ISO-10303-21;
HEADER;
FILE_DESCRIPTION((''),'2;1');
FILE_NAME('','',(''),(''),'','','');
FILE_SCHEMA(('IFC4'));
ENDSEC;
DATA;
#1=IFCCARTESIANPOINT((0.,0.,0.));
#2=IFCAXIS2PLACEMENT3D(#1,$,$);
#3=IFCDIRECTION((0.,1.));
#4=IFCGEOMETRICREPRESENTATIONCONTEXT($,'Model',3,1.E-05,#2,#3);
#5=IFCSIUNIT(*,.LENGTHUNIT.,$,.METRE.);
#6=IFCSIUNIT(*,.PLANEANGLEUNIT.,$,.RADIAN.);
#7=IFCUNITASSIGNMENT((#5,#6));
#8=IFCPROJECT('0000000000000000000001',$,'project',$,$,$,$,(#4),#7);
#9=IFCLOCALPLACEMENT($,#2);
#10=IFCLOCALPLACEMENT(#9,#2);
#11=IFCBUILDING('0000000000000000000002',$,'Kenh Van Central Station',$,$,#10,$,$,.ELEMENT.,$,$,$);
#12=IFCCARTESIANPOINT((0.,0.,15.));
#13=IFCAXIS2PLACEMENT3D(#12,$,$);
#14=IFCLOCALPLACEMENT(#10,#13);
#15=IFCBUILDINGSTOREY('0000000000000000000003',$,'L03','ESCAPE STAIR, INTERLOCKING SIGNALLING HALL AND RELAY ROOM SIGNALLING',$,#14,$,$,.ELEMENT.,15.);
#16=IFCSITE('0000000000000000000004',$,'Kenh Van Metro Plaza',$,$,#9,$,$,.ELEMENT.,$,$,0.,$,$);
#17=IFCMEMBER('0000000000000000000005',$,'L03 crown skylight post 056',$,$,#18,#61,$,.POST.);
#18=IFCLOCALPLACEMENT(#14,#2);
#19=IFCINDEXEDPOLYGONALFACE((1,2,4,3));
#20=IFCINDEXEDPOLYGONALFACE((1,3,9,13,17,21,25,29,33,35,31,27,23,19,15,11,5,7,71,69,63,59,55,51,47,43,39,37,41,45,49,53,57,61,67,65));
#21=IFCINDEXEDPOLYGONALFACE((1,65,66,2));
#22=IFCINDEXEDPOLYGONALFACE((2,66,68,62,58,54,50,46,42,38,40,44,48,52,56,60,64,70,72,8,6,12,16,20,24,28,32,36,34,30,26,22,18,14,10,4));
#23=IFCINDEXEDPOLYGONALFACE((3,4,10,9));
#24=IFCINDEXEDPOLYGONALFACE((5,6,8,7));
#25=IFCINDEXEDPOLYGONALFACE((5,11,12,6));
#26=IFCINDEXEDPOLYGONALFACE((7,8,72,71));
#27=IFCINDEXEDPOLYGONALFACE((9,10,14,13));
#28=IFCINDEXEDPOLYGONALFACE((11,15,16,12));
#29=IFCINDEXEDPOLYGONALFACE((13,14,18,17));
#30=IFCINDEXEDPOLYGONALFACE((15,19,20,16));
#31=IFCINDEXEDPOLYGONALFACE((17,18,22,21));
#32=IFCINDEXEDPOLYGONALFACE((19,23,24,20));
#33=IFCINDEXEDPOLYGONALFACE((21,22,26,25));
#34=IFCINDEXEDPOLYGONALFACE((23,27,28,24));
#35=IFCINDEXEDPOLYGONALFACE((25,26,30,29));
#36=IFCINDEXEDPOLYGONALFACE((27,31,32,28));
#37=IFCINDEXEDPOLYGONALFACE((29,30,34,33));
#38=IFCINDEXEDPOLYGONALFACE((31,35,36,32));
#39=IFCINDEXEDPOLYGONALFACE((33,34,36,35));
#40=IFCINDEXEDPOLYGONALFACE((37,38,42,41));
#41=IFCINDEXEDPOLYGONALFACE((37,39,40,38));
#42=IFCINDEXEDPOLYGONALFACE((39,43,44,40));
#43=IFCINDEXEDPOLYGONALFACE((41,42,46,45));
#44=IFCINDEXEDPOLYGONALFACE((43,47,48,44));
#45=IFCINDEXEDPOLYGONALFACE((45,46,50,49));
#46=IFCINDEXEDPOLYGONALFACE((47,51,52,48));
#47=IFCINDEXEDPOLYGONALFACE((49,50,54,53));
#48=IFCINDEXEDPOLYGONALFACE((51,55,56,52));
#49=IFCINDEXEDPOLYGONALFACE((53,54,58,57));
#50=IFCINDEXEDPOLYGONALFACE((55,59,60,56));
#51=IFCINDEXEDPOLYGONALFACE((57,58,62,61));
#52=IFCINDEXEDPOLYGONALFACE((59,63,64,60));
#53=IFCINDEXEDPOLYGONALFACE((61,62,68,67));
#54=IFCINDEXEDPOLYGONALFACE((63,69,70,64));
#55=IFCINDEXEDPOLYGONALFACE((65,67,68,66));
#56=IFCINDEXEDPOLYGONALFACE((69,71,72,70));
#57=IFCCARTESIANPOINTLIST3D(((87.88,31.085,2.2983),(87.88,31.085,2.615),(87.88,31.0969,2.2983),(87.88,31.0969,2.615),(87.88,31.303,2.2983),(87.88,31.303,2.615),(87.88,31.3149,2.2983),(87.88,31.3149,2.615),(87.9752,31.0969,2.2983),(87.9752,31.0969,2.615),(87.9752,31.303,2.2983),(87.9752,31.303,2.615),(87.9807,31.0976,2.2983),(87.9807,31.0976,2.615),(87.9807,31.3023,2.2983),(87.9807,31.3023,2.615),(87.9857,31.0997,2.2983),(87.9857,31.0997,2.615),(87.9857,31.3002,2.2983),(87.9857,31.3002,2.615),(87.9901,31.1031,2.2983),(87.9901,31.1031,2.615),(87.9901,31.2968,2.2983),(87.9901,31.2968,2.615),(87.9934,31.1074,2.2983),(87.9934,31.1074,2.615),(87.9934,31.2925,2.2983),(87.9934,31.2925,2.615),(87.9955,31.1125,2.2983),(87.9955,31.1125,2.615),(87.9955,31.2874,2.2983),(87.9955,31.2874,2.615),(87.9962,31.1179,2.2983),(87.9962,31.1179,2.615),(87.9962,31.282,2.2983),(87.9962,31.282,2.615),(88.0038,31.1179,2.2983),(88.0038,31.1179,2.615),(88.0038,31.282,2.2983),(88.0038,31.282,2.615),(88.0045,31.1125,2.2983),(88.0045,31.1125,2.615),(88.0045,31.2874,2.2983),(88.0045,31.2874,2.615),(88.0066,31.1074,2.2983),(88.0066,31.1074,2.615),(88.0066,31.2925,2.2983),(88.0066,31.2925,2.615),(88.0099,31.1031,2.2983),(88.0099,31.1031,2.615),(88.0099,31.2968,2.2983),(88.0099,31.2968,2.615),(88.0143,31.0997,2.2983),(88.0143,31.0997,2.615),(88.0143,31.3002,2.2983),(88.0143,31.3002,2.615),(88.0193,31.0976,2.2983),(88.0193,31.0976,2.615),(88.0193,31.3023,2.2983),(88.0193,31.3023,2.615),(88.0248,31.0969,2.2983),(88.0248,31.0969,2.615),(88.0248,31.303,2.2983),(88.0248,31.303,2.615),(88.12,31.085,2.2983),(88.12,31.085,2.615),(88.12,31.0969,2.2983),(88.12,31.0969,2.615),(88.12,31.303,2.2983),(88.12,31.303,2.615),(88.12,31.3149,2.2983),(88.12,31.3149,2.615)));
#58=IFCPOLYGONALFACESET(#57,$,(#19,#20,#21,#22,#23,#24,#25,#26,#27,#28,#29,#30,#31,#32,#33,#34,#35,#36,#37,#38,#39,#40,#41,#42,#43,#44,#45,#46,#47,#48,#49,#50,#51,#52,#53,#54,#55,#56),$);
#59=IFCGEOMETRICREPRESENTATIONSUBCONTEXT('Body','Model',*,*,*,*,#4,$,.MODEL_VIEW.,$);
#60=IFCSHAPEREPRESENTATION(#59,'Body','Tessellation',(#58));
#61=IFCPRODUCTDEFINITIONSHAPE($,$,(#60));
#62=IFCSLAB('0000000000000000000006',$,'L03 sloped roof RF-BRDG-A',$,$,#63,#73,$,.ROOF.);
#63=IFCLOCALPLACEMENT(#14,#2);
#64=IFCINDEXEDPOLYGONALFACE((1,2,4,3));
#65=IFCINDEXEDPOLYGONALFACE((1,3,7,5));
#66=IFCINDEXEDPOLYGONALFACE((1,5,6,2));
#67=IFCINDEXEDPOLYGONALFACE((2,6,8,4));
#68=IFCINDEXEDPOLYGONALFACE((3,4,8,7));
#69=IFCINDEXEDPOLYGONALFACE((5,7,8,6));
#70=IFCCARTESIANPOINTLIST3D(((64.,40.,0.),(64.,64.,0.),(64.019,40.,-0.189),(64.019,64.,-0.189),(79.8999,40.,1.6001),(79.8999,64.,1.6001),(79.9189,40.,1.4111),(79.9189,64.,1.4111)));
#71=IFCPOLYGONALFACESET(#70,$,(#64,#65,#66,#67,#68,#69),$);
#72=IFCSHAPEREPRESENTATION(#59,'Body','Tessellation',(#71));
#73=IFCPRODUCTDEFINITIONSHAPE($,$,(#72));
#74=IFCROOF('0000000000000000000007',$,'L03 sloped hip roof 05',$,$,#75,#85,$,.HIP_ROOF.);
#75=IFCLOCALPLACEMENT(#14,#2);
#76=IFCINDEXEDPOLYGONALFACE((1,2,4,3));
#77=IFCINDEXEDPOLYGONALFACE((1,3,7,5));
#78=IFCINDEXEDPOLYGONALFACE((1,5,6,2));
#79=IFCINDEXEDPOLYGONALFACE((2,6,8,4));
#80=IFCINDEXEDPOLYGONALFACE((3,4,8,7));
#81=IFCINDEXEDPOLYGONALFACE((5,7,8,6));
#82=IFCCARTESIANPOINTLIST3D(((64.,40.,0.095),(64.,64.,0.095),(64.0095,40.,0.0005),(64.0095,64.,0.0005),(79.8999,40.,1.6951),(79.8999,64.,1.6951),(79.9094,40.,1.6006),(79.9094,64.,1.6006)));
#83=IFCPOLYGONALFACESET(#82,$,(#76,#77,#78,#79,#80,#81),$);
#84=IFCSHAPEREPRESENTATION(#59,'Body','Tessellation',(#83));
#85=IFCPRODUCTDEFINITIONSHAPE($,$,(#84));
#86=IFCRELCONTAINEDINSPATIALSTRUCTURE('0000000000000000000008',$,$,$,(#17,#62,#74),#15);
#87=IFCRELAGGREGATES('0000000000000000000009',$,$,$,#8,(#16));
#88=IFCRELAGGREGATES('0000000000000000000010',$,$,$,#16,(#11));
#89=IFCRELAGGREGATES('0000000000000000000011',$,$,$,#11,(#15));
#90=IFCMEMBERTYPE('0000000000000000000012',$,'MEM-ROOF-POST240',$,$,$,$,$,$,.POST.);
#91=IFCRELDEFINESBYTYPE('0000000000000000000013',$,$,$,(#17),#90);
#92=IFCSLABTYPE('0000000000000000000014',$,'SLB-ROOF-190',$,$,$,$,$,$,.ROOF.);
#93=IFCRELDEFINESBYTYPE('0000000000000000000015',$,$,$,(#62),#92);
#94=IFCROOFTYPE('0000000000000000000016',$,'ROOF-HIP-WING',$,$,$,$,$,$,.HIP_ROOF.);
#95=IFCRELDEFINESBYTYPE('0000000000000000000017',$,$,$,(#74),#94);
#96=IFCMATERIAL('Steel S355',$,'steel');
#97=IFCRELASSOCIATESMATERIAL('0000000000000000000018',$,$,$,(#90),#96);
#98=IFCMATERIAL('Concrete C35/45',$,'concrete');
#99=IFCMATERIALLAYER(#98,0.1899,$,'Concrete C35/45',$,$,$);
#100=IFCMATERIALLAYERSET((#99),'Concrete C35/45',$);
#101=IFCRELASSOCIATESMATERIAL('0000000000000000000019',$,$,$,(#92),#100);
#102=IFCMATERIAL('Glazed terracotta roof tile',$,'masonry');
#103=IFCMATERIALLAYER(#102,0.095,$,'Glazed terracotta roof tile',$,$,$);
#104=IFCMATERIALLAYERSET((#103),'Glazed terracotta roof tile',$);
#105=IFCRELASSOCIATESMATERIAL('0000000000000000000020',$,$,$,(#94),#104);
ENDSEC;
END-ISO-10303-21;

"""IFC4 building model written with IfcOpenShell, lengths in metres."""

from ifc_helpers import new_model, si_unit, direction, frame, origin, origin_2d, place, context, subcontext, project, spatial, polyline, i_section, outline, extrude, material, layer, layer_set, material_profile, profile_set, type_object, element, save


model = new_model("IFC4")

# Units and contexts
model_context = context("Model", 3, precision=1e-05, world=origin(), true_north=direction((0.0, 1.0)))
body_context = subcontext(model_context, "Body", "Model", "MODEL_VIEW")
ifc_project = project(units=[si_unit("LENGTHUNIT", "METRE"), si_unit("PLANEANGLEUNIT", "RADIAN")], contexts=[model_context])

# Site, building, storey
site_placement = place(None, origin())
site = spatial("IfcSite", under=ifc_project, at=site_placement, Name="Kenh Van Metro Plaza", CompositionType="ELEMENT", RefElevation=0.0)
building_placement = place(site_placement, origin())
building = spatial("IfcBuilding", under=site, at=building_placement, Name="Kenh Van Central Station", CompositionType="ELEMENT")
storey_placement = place(building_placement, frame((0.0, 0.0, 15.0)))
storey = spatial("IfcBuildingStorey", under=building, at=storey_placement, Name="L03", Description="ESCAPE STAIR, INTERLOCKING SIGNALLING HALL AND RELAY ROOM SIGNALLING", CompositionType="ELEMENT", Elevation=15.0)

# Shared definitions
ifc_material_1 = material(Name="Steel S355", Category="steel")

# Member
ifc_material_profile_1 = material_profile(ifc_material_1, i_section(OverallWidth=0.24, OverallDepth=0.23, WebThickness=0.0076, FlangeThickness=0.012, FilletRadius=0.021, at=origin_2d()), Name="HEA 240")
ifc_profile_set_1 = profile_set([ifc_material_profile_1], Name="Steel S355")
member_type_1 = type_object("IfcMemberType", Name="MEM-ROOF-POST240", PredefinedType="POST", material=ifc_profile_set_1)
for number, where, z_axis, x_axis, name in (
    (1, (88.0, 31.2, 2.2983), (0.0, 0.0, 1.0), (1.0, 0.0, 0.0), "L03 crown skylight post 056"),
):
    element("IfcMember", number, at=place(storey_placement, frame(where, z_axis=z_axis, x_axis=x_axis)), inside=storey, type_object=member_type_1, Name=name, PredefinedType="POST", context=body_context, shape_type="SweptSolid", body=[
        extrude(i_section(OverallWidth=0.24, OverallDepth=0.23, WebThickness=0.0076, FlangeThickness=0.012, FilletRadius=0.021, at=origin_2d()), origin(), (0.0, 0.0, 1.0), 0.3167),
    ])

# Slab
ifc_material_2 = material(Name="Concrete C35/45", Category="concrete")
ifc_layer_1 = layer(ifc_material_2, 0.1899, Name="Concrete C35/45")
ifc_layer_set_1 = layer_set([ifc_layer_1], Name="Concrete C35/45")
slab_type = type_object("IfcSlabType", Name="SLB-ROOF-190", PredefinedType="ROOF", material=ifc_layer_set_1)
slab_placement = place(storey_placement, frame((64.0, 40.0, 0.0), z_axis=(-0.10013, 0.0, 0.994974), x_axis=(0.994974, 0.0, 0.10013)))
element("IfcSlab", 2, at=slab_placement, inside=storey, type_object=slab_type, Name="L03 sloped roof RF-BRDG-A", PredefinedType="ROOF", context=body_context, shape_type="SweptSolid", body=[
    extrude(outline(polyline([(0.0, 0.0), (15.9802, 0.0), (15.9802, 24.0), (0.0, 24.0), (0.0, 0.0)])), origin(), (0.0, 0.0, -1.0), 0.1899),
])

# Roof
ifc_material_3 = material(Name="Glazed terracotta roof tile", Category="masonry")
ifc_layer_2 = layer(ifc_material_3, 0.095, Name="Glazed terracotta roof tile")
ifc_layer_set_2 = layer_set([ifc_layer_2], Name="Glazed terracotta roof tile")
roof_type = type_object("IfcRoofType", Name="ROOF-HIP-WING", PredefinedType="HIP_ROOF", material=ifc_layer_set_2)
roof_placement = place(storey_placement, frame((64.0, 40.0, 0.095), z_axis=(-0.10013, 0.0, 0.994974), x_axis=(0.994974, 0.0, 0.10013)))
element("IfcRoof", 3, at=roof_placement, inside=storey, type_object=roof_type, Name="L03 sloped hip roof 05", PredefinedType="HIP_ROOF", context=body_context, shape_type="SweptSolid", body=[
    extrude(outline(polyline([(0.0, 0.0), (15.9802, 0.0), (15.9802, 24.0), (0.0, 24.0), (0.0, 0.0)])), origin(), (0.0, 0.0, -1.0), 0.095),
])

save(model, "model.ifc")
